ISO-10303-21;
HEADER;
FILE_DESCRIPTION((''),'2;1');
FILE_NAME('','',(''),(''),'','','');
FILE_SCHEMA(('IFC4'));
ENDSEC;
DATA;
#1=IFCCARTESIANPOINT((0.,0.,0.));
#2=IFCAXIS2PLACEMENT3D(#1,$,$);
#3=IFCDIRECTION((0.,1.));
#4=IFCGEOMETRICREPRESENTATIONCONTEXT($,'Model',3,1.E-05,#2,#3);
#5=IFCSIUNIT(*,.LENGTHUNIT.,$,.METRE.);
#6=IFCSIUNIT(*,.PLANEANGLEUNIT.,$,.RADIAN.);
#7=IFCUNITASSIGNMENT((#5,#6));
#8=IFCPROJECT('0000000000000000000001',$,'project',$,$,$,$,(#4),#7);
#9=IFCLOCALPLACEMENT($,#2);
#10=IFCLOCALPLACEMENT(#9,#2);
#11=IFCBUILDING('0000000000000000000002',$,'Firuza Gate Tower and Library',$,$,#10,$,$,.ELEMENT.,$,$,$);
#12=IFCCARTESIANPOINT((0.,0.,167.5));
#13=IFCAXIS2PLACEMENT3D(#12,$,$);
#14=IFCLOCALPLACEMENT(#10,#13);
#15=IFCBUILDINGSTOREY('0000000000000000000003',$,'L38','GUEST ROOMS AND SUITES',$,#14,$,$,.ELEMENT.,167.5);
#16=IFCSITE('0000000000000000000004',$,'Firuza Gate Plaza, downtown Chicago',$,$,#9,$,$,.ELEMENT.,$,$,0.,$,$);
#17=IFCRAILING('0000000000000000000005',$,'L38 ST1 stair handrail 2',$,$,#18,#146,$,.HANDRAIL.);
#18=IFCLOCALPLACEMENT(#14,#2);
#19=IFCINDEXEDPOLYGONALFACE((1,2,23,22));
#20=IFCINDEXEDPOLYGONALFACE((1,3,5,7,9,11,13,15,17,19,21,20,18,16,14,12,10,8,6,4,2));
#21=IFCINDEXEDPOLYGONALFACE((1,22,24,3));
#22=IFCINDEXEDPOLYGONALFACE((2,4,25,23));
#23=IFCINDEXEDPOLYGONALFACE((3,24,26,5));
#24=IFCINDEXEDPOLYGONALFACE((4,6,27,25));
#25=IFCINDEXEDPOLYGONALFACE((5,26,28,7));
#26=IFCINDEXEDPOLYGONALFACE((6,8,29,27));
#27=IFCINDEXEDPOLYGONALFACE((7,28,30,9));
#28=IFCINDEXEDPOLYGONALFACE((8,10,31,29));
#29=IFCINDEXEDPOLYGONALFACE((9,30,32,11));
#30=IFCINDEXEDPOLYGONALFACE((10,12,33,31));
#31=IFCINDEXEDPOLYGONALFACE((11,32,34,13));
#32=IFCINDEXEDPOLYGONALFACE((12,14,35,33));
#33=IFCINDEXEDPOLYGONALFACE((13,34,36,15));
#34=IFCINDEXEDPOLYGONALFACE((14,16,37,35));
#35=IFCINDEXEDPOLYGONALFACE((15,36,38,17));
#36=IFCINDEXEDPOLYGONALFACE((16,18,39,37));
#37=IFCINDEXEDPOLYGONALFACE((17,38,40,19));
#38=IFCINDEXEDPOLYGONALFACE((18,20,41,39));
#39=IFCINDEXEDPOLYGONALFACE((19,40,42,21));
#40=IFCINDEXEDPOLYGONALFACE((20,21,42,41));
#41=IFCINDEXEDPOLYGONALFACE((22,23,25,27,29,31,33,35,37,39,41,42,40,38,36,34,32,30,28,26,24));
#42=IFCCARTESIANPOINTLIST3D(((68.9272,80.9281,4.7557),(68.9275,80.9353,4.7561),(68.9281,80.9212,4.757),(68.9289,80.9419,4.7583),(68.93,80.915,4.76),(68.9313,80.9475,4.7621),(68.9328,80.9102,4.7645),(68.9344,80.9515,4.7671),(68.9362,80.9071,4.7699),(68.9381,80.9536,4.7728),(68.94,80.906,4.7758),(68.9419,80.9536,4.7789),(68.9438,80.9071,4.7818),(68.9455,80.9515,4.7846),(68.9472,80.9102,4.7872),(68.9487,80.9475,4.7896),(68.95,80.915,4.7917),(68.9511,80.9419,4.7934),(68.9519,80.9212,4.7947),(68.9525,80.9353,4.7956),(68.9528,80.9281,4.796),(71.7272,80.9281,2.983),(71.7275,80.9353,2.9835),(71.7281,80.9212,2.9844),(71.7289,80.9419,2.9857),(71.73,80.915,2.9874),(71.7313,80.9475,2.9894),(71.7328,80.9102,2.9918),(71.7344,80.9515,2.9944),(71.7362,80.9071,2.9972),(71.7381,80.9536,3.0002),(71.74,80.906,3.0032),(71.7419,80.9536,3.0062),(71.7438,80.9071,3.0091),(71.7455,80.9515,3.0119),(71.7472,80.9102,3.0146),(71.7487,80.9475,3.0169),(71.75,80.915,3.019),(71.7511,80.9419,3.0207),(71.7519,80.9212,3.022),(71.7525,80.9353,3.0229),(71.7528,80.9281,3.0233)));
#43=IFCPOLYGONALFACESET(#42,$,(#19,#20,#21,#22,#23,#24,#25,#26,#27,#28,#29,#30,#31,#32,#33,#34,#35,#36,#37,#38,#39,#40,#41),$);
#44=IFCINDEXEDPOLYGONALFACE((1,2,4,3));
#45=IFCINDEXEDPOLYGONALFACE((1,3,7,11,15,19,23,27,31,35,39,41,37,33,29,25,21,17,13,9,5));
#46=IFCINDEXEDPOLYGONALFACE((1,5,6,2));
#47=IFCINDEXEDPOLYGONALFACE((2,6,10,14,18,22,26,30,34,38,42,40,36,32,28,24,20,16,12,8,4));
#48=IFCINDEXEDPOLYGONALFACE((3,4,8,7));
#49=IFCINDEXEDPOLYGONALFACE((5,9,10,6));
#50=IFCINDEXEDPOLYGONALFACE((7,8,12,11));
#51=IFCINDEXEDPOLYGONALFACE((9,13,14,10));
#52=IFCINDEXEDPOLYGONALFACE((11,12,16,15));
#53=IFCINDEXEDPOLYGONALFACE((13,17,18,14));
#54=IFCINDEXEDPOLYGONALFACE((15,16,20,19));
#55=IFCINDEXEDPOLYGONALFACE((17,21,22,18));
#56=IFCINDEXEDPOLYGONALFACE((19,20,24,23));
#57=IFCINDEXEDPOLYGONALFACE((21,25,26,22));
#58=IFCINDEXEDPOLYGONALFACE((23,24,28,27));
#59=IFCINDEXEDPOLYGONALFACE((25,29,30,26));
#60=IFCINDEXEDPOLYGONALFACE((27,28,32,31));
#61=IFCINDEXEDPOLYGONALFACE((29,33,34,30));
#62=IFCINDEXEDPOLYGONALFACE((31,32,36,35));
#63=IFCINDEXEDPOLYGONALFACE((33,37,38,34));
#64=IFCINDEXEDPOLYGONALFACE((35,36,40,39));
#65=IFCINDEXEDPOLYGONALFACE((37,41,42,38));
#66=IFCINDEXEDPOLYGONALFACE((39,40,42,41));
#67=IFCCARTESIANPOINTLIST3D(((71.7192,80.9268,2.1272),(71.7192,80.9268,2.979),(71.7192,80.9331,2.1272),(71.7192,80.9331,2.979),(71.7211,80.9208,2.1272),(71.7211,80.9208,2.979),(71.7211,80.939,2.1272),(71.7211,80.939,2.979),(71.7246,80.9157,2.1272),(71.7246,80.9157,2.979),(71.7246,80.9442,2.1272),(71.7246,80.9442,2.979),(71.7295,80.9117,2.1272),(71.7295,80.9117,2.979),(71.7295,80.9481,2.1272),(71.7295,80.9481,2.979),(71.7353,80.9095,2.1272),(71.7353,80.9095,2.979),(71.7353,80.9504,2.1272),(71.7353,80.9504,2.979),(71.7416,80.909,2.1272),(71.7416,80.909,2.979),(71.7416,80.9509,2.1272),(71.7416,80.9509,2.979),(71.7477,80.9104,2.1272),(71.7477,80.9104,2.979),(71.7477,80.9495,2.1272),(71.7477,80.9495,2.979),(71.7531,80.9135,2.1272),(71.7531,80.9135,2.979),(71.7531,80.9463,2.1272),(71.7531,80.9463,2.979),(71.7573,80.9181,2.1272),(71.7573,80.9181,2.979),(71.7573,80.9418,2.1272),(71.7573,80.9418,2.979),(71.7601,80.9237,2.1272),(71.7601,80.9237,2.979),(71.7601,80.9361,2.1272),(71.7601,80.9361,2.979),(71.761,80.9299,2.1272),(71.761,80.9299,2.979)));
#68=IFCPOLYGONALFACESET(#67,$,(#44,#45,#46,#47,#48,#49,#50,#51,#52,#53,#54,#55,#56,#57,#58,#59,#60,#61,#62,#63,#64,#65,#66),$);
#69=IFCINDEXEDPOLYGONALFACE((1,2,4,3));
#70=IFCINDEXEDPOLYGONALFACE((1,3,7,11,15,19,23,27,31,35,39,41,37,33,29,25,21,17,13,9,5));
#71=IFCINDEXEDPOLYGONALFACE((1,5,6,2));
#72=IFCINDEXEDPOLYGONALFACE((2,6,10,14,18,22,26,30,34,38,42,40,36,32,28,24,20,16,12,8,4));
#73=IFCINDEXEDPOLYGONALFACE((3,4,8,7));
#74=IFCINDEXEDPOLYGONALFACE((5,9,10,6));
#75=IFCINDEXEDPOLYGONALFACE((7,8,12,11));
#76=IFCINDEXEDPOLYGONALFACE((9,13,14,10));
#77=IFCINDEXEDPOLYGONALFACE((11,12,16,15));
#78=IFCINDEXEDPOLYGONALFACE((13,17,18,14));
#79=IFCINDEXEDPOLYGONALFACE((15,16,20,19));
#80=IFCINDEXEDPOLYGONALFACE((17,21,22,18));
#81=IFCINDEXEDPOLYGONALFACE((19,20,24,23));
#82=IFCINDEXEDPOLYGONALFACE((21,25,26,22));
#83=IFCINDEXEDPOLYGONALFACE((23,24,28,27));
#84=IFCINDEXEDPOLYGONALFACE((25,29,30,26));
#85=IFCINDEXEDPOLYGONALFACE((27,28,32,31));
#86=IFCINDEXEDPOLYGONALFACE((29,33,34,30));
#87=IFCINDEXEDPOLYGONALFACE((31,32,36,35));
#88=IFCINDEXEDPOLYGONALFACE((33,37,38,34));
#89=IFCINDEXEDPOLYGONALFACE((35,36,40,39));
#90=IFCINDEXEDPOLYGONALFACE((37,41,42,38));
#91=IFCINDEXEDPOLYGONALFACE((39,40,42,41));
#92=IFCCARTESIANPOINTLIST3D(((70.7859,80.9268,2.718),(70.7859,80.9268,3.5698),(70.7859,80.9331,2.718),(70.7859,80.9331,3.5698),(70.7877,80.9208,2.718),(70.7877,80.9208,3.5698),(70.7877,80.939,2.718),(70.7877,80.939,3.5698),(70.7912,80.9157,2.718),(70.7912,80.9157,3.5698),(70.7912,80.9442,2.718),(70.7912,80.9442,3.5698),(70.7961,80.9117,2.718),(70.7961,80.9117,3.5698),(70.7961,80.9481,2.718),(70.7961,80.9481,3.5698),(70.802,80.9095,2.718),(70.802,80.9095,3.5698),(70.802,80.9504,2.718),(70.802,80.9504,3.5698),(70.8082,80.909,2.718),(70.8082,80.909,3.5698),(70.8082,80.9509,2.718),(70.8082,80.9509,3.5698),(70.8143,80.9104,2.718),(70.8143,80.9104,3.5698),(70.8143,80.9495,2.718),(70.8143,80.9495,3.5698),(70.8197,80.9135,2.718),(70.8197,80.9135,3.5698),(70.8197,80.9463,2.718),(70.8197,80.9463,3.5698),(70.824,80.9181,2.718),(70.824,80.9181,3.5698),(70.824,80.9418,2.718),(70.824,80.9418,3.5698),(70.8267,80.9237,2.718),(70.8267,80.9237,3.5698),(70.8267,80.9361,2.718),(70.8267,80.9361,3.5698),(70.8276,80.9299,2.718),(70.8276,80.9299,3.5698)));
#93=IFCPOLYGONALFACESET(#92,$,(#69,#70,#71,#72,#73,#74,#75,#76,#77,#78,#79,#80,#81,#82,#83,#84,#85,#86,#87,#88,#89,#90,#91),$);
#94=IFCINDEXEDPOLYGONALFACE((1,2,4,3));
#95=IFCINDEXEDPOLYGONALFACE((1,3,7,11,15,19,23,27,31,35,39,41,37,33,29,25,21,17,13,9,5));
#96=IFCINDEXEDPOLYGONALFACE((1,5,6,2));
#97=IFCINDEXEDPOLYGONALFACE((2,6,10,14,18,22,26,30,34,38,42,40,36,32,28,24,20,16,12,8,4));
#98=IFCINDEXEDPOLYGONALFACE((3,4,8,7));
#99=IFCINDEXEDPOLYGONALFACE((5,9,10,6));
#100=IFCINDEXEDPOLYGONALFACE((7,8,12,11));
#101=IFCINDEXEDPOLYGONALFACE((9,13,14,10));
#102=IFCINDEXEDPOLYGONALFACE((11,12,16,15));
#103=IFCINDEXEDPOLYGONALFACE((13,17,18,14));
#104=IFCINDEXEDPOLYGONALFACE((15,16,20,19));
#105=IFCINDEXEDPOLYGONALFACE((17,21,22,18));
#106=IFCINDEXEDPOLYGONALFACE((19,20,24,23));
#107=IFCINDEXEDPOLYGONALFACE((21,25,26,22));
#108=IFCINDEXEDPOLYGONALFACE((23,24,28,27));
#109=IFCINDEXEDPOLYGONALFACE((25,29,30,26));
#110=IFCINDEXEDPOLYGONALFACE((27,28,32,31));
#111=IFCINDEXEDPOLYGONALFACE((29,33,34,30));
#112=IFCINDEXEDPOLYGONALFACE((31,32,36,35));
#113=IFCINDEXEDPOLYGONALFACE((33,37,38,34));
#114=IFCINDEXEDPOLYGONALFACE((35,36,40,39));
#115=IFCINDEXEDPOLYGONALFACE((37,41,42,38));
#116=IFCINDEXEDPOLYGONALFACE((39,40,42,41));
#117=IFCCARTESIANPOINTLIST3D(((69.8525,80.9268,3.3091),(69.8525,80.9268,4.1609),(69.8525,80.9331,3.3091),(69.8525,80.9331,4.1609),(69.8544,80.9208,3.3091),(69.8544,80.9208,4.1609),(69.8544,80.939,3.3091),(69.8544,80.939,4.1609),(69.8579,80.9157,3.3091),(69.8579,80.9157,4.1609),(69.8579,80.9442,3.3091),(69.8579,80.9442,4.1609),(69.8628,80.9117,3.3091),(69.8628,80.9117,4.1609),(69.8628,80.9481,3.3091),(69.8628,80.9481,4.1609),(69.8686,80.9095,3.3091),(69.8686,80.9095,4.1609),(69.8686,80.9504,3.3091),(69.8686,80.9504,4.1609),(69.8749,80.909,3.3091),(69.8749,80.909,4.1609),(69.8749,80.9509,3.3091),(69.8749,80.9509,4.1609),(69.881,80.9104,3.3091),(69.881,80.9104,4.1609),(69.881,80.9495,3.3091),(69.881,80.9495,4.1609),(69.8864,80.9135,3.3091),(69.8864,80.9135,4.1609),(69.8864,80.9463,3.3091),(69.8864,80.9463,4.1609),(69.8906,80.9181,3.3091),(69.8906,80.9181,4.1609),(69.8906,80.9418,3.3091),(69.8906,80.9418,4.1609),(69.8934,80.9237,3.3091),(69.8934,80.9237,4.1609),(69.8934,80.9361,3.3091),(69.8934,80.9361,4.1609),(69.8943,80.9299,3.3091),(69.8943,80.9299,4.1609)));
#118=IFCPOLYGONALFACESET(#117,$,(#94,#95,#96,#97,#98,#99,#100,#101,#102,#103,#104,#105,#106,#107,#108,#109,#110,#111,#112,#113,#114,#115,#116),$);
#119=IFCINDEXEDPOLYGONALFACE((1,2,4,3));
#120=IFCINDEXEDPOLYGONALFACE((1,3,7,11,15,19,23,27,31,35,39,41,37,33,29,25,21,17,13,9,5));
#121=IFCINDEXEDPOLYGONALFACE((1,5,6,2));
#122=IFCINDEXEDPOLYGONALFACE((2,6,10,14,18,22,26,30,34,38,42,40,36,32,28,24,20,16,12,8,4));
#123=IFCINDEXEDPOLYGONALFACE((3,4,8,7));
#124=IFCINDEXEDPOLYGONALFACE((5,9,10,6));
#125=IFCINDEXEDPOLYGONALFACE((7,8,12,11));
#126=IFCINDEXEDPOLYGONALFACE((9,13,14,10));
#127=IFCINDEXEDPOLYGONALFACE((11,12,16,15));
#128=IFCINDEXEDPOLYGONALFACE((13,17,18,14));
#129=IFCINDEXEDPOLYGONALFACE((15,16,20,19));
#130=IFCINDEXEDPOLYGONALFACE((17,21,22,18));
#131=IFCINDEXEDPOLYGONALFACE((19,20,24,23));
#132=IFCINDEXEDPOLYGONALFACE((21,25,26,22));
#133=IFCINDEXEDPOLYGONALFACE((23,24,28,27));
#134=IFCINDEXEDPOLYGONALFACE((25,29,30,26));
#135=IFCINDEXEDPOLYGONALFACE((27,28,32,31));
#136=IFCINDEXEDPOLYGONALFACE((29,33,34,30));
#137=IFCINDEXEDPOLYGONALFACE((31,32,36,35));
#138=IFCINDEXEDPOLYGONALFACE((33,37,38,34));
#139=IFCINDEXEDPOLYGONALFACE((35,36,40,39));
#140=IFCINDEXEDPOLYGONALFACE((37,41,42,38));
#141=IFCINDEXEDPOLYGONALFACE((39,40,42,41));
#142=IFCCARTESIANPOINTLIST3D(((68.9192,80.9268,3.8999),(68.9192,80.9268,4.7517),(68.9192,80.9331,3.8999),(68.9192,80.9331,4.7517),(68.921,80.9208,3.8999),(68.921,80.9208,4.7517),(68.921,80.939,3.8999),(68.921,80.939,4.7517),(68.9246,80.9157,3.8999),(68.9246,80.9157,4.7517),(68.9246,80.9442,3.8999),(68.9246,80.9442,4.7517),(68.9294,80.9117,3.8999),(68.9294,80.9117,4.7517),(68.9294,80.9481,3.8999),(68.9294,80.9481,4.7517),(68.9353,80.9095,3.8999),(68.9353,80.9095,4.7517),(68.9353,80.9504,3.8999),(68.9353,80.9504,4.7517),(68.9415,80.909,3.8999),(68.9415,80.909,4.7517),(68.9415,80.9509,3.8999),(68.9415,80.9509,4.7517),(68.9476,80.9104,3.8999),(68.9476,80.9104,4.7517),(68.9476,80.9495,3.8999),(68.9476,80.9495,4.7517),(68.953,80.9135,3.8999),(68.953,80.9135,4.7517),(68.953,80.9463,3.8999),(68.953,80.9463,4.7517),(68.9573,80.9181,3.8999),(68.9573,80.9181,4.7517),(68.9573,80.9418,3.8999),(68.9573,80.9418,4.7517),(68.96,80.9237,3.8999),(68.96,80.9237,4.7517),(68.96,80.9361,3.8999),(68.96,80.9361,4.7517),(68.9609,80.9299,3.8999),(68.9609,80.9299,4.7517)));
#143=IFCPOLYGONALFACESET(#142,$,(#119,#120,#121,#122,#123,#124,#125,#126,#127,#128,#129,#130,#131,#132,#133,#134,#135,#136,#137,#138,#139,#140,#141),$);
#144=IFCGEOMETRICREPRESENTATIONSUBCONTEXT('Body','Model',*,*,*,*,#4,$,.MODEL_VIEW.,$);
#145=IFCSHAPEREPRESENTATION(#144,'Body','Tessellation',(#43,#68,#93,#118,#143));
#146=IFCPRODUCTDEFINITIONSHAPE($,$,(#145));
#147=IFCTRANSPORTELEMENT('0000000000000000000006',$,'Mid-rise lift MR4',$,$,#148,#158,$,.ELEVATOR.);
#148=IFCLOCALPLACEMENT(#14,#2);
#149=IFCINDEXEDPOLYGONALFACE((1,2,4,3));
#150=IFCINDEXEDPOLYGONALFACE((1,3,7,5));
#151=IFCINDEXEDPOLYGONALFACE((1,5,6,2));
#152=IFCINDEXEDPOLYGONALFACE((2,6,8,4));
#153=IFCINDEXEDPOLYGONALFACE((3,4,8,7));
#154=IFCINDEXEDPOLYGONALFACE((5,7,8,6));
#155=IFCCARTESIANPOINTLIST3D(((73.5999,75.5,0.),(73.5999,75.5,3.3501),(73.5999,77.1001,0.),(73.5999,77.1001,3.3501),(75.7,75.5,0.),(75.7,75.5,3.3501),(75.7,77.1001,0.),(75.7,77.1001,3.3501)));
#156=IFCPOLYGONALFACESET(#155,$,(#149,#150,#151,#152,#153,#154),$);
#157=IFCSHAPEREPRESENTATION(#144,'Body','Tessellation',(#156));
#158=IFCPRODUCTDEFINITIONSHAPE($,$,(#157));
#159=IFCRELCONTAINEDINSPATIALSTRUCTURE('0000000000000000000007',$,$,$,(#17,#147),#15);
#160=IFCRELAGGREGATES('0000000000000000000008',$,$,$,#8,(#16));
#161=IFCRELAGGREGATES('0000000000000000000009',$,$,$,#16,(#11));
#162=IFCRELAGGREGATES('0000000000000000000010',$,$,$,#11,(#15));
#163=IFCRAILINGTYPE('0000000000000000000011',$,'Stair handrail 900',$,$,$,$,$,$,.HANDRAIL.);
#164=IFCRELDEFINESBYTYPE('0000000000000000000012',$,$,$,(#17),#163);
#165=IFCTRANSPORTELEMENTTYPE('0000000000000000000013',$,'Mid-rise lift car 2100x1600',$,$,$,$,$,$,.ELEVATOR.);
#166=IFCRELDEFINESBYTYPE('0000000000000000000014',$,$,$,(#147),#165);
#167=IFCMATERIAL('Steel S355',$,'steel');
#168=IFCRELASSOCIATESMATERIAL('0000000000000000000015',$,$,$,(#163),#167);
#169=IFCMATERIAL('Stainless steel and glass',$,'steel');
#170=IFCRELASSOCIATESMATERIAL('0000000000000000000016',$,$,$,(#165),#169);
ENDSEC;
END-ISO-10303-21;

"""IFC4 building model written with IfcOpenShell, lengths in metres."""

from ifc_helpers import new_model, si_unit, direction, frame, origin, origin_2d, place, context, subcontext, project, spatial, rectangle, circle, extrude, material, type_object, element, save


model = new_model("IFC4")

# Units and contexts
model_context = context("Model", 3, precision=1e-05, world=origin(), true_north=direction((0.0, 1.0)))
body_context = subcontext(model_context, "Body", "Model", "MODEL_VIEW")
ifc_project = project(units=[si_unit("LENGTHUNIT", "METRE"), si_unit("PLANEANGLEUNIT", "RADIAN")], contexts=[model_context])

# Site, building, storey
site_placement = place(None, origin())
site = spatial("IfcSite", under=ifc_project, at=site_placement, Name="Firuza Gate Plaza, downtown Chicago", CompositionType="ELEMENT", RefElevation=0.0)
building_placement = place(site_placement, origin())
building = spatial("IfcBuilding", under=site, at=building_placement, Name="Firuza Gate Tower and Library", CompositionType="ELEMENT")
storey_placement = place(building_placement, frame((0.0, 0.0, 167.5)))
storey = spatial("IfcBuildingStorey", under=building, at=storey_placement, Name="L38", Description="GUEST ROOMS AND SUITES", CompositionType="ELEMENT", Elevation=167.5)

# Railing
ifc_material_1 = material(Name="Steel S355", Category="steel")
railing_type_1 = type_object("IfcRailingType", Name="Stair handrail 900", PredefinedType="HANDRAIL", material=ifc_material_1)
railing_1_placement = place(storey_placement, frame((71.74, 80.9299, 2.1272)))
element("IfcRailing", 1, at=railing_1_placement, inside=storey, type_object=railing_type_1, Name="L38 ST1 stair handrail 2", PredefinedType="HANDRAIL", context=body_context, shape_type="SweptSolid", body=[
    extrude(circle(Radius=0.0239, at=origin_2d()), frame((0.0, 0.0, 0.876), z_axis=(-0.844909, 0.0, 0.53491), x_axis=(0.0, -1.0, 0.0)), (0.0, 0.0, 1.0), 3.314),
    extrude(circle(Radius=0.021, at=origin_2d()), origin(), (0.0, 0.0, 1.0), 0.8518),
    extrude(circle(Radius=0.021, at=origin_2d()), frame((-0.9333, 0.0, 0.5908)), (0.0, 0.0, 1.0), 0.8518),
    extrude(circle(Radius=0.021, at=origin_2d()), frame((-1.8667, 0.0, 1.1819)), (0.0, 0.0, 1.0), 0.8518),
    extrude(circle(Radius=0.021, at=origin_2d()), frame((-2.8, 0.0, 1.7727)), (0.0, 0.0, 1.0), 0.8518),
])

# Transport element
ifc_material_2 = material(Name="Stainless steel and glass", Category="steel")
transport_element_type = type_object("IfcTransportElementType", Name="Mid-rise lift car 2100x1600", PredefinedType="ELEVATOR", material=ifc_material_2)
transport_element_placement = place(storey_placement, frame((74.6499, 76.3, 0.0), z_axis=(0.0, 0.0, 1.0), x_axis=(1.0, 0.0, 0.0)))
element("IfcTransportElement", 2, at=transport_element_placement, inside=storey, type_object=transport_element_type, Name="Mid-rise lift MR4", PredefinedType="ELEVATOR", context=body_context, shape_type="SweptSolid", body=[
    extrude(rectangle(XDim=2.1001, YDim=1.6001, at=origin_2d()), origin(), (0.0, 0.0, 1.0), 3.3501),
])

save(model, "model.ifc")
